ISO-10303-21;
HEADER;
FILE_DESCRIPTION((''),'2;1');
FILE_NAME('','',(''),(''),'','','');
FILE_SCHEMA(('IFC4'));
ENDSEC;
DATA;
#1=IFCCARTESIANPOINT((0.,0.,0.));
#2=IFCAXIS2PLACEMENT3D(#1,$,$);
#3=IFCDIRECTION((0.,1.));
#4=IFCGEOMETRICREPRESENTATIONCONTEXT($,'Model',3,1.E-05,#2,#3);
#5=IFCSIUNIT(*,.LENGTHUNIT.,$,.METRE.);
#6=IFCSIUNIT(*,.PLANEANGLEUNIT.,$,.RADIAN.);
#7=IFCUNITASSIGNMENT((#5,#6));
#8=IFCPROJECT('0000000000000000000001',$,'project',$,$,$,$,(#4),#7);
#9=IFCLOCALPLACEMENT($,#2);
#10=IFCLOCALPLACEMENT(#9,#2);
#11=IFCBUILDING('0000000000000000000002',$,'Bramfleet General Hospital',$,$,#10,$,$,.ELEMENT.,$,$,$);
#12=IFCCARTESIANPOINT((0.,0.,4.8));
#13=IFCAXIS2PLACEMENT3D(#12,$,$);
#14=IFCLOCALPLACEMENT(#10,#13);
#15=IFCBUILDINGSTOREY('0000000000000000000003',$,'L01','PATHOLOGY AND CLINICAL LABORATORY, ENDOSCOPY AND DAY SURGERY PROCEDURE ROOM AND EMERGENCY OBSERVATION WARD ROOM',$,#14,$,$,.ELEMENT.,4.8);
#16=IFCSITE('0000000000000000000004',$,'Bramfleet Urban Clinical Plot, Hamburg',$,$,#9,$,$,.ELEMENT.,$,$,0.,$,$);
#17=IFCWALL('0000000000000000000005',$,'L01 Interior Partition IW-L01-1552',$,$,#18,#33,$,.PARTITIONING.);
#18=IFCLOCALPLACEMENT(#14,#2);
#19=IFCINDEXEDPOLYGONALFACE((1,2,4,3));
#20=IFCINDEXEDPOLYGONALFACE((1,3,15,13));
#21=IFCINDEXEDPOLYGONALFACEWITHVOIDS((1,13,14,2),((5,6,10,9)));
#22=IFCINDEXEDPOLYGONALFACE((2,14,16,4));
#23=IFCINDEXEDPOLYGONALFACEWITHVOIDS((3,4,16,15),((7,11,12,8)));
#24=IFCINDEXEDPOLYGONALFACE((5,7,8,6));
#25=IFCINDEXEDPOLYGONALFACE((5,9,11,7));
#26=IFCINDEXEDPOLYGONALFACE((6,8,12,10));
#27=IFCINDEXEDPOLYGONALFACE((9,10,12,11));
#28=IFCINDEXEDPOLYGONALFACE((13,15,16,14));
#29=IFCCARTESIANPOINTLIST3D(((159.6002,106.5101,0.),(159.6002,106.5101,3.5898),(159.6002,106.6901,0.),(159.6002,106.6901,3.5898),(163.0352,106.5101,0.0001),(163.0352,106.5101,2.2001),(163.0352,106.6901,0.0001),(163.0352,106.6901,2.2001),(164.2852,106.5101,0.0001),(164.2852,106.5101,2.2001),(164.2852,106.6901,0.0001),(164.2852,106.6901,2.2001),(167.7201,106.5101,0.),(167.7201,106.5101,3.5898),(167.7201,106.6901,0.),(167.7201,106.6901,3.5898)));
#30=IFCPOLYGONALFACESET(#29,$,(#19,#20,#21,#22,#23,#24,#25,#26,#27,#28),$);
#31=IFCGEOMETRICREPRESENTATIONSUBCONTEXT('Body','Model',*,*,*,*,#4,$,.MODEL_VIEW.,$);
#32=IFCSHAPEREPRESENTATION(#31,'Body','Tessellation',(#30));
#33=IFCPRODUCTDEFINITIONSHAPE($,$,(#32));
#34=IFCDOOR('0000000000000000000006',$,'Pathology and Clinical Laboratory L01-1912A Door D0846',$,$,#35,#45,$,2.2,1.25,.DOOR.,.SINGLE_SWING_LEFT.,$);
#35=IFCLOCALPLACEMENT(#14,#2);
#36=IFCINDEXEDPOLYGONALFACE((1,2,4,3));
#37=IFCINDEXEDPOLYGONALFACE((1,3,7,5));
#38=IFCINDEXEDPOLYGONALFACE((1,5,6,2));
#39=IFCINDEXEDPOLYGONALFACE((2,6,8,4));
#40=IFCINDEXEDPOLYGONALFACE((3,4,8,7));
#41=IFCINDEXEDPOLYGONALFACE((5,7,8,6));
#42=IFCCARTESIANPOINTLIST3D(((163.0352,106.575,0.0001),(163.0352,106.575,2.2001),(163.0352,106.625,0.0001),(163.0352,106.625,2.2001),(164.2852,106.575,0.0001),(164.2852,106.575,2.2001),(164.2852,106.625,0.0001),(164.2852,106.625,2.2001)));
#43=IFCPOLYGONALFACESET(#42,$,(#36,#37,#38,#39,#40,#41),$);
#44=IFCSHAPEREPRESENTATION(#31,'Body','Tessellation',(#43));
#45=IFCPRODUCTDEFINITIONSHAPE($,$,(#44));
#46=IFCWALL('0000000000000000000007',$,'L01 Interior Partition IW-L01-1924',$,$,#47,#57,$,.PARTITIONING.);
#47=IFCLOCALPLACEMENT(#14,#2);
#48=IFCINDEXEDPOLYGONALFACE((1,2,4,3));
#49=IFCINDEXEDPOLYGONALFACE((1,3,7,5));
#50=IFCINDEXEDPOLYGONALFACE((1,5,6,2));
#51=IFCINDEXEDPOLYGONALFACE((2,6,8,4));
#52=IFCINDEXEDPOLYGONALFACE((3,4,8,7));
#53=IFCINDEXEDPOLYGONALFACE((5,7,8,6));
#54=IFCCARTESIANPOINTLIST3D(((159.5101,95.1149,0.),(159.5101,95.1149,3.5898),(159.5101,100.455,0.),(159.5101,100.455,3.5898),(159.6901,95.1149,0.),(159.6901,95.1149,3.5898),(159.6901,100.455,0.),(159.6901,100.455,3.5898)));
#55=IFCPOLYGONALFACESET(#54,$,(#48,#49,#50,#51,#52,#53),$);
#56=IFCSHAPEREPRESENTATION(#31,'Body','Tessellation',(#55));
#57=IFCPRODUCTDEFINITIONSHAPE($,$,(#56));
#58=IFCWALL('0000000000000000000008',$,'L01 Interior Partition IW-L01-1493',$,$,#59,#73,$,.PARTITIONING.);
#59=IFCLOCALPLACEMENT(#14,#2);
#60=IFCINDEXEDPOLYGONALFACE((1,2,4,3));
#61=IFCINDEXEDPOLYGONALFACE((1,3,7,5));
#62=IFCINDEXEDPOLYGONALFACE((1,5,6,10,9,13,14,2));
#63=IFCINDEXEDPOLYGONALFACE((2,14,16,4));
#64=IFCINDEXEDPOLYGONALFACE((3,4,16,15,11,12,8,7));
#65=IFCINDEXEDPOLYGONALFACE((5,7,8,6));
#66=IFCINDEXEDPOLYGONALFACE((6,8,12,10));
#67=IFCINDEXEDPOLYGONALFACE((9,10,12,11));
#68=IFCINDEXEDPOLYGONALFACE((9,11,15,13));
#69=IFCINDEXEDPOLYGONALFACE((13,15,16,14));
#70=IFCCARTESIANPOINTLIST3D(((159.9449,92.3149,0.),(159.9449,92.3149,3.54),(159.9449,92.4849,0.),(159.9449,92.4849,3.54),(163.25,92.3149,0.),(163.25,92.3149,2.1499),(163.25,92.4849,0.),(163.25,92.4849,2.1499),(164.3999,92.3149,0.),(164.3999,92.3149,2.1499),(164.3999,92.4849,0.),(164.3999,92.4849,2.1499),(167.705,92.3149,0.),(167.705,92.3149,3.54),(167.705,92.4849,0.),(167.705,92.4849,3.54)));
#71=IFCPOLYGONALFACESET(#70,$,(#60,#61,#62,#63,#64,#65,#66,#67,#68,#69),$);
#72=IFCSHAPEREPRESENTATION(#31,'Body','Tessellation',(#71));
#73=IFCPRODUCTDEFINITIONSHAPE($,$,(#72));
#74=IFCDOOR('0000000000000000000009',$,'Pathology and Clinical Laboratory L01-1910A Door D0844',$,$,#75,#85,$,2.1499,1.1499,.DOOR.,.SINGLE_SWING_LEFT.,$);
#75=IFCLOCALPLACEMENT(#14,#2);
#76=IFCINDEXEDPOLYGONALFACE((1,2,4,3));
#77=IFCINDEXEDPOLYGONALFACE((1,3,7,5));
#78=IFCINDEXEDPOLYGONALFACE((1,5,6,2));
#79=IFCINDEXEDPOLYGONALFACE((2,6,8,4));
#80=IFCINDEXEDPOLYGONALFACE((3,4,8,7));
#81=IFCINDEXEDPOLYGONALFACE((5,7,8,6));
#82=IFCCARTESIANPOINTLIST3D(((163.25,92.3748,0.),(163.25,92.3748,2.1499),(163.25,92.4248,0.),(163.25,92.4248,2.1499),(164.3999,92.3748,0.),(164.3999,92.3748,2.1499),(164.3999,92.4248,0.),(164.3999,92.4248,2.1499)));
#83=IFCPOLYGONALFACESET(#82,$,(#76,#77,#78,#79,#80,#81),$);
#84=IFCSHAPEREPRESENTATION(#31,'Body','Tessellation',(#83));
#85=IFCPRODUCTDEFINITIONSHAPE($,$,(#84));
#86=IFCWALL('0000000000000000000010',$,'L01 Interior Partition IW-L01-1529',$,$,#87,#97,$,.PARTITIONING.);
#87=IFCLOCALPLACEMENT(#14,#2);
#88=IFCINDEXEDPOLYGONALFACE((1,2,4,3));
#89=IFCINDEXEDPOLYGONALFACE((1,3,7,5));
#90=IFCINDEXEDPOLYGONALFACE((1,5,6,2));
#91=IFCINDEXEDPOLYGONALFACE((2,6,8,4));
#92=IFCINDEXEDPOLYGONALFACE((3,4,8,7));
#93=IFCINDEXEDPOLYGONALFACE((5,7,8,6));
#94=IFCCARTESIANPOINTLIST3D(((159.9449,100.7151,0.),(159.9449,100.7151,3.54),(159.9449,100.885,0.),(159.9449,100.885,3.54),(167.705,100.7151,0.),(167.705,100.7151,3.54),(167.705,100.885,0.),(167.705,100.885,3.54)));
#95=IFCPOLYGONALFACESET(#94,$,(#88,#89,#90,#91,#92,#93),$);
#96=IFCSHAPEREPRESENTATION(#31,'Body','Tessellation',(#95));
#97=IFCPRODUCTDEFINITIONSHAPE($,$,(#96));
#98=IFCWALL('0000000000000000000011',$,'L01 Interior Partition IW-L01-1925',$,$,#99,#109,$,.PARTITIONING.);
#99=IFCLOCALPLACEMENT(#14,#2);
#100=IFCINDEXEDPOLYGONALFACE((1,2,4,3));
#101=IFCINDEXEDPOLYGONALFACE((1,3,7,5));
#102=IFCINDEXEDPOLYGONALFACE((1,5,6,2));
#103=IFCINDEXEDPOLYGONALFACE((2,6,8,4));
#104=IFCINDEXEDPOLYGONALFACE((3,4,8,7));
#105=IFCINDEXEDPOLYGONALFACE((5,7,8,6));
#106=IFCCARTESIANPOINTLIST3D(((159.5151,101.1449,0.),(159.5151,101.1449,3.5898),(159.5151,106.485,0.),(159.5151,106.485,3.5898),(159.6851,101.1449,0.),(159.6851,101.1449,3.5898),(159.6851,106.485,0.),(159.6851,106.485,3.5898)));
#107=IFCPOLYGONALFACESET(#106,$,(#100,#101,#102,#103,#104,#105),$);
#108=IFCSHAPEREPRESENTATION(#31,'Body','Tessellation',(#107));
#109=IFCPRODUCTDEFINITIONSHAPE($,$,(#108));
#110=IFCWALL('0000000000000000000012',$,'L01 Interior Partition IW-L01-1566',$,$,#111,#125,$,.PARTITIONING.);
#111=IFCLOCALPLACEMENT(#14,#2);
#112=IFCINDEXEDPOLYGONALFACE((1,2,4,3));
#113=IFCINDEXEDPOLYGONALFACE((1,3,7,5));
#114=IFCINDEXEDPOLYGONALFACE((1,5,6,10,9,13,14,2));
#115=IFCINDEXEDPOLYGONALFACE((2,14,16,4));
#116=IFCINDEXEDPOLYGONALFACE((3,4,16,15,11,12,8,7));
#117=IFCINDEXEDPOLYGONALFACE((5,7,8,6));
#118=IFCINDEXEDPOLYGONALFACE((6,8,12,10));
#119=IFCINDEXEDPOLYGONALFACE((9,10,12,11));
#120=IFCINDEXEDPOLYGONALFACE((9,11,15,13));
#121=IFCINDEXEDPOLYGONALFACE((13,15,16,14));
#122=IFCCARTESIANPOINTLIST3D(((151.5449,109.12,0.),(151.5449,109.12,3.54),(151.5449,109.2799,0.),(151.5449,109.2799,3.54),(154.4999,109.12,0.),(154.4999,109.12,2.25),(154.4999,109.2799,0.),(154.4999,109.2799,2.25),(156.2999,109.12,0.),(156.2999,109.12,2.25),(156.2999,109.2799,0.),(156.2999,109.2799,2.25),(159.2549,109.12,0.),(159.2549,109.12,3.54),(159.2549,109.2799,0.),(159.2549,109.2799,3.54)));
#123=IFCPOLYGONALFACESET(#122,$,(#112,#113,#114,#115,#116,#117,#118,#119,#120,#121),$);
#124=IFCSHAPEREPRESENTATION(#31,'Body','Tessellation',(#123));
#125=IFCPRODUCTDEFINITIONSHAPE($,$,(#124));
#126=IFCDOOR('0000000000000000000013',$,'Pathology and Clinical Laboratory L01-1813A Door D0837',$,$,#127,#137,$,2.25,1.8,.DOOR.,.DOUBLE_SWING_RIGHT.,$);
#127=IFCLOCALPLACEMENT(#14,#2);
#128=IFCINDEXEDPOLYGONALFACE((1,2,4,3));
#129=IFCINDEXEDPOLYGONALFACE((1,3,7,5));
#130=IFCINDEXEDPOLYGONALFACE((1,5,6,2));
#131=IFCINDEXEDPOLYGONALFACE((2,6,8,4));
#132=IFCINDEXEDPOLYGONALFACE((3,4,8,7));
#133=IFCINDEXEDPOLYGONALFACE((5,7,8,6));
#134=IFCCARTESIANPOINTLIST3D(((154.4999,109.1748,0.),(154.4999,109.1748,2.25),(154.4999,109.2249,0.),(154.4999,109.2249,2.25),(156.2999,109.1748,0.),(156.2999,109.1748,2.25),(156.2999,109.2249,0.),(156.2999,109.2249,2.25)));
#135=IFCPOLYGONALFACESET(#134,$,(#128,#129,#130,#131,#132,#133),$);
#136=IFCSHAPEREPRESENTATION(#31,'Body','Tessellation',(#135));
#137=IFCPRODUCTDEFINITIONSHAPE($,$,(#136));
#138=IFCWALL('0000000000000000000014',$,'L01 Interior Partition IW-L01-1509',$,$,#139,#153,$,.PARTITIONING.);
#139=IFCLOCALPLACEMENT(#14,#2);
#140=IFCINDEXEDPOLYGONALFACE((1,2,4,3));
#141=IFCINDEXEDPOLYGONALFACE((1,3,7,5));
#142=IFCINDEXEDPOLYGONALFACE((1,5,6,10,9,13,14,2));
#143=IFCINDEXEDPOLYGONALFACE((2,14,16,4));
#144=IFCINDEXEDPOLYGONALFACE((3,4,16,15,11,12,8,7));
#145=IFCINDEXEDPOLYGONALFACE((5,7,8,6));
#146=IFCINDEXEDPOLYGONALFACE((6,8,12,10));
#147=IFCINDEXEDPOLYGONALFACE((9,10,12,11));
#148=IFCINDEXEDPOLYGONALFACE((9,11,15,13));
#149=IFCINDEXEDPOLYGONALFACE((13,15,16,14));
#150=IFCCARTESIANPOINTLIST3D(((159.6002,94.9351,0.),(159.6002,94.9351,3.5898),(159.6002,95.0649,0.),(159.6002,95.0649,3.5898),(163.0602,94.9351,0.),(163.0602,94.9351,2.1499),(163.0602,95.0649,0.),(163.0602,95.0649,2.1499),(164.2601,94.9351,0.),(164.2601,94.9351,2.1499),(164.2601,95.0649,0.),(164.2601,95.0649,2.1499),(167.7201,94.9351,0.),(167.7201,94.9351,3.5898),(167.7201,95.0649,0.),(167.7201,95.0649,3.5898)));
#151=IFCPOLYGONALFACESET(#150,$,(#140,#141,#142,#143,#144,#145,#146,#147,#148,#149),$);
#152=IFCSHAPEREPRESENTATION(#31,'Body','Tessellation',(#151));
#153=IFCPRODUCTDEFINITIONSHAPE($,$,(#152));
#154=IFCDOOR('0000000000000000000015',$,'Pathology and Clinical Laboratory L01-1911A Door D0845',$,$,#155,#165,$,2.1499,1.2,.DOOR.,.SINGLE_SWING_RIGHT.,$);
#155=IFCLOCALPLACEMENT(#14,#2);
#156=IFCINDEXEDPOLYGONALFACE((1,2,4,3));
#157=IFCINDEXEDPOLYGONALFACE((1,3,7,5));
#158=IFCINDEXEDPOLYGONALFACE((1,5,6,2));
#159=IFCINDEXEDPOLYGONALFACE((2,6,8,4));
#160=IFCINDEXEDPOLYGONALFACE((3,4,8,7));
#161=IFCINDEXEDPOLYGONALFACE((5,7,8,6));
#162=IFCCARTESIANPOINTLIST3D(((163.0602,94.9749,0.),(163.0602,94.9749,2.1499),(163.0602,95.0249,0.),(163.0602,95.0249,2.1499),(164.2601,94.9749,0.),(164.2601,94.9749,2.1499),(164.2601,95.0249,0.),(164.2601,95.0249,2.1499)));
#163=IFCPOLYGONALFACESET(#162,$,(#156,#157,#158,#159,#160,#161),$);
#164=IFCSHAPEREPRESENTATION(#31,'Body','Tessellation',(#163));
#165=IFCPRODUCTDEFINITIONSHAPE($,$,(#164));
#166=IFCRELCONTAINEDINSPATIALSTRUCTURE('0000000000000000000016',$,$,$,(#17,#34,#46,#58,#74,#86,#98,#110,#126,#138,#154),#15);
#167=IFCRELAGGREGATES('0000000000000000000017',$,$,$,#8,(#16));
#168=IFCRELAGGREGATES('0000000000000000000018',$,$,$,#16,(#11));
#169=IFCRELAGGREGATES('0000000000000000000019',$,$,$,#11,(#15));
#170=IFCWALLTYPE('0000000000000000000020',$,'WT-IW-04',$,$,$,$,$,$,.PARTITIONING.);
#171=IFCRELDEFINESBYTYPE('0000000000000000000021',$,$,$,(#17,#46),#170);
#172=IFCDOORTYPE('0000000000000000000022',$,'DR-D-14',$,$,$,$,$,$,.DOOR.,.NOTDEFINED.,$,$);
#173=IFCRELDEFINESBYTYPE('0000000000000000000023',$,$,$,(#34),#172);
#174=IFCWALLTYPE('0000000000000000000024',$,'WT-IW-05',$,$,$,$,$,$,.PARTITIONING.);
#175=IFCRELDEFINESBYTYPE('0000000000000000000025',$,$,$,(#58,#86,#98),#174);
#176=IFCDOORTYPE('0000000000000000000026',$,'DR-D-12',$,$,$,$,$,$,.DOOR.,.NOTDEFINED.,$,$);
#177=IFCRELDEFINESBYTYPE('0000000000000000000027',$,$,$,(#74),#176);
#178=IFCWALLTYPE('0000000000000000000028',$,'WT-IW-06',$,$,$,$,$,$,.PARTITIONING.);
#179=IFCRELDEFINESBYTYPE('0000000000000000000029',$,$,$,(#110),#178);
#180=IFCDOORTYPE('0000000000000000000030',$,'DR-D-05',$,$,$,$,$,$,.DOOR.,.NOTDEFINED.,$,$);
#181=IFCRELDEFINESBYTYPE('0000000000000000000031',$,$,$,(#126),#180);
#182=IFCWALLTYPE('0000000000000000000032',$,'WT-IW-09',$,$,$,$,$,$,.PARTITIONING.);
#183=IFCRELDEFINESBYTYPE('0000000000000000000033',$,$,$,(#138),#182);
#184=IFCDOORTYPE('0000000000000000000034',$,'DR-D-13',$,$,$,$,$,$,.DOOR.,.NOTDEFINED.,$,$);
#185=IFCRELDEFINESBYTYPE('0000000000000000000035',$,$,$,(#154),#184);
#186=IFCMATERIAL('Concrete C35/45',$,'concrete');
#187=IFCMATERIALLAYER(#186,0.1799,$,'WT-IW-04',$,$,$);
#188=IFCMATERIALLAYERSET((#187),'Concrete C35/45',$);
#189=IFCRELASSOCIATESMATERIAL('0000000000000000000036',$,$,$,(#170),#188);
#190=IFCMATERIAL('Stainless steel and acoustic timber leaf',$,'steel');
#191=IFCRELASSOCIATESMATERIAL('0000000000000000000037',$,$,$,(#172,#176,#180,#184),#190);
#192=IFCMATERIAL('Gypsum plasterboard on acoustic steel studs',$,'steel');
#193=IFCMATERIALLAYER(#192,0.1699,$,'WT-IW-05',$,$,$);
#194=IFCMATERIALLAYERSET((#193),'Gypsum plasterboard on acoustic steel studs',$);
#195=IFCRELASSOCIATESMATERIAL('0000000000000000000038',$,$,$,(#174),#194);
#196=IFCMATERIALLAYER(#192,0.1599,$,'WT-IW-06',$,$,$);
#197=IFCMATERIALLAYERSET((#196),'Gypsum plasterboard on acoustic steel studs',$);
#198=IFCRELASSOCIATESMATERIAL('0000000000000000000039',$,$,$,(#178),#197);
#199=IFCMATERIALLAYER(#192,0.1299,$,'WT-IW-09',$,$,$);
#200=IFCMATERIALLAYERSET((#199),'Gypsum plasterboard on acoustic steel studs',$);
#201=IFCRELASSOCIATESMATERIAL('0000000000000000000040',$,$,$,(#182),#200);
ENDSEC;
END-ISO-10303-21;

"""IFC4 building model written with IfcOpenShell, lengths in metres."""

from ifc_helpers import new_model, si_unit, direction, frame, frame_2d, origin, place, context, subcontext, project, spatial, rectangle, extrude, material, layer, layer_set, type_object, element, fill, save


model = new_model("IFC4")

# Units and contexts
model_context = context("Model", 3, precision=1e-05, world=origin(), true_north=direction((0.0, 1.0)))
body_context = subcontext(model_context, "Body", "Model", "MODEL_VIEW")
ifc_project = project(units=[si_unit("LENGTHUNIT", "METRE"), si_unit("PLANEANGLEUNIT", "RADIAN")], contexts=[model_context])

# Site, building, storey
site_placement = place(None, origin())
site = spatial("IfcSite", under=ifc_project, at=site_placement, Name="Bramfleet Urban Clinical Plot, Hamburg", CompositionType="ELEMENT", RefElevation=0.0)
building_placement = place(site_placement, origin())
building = spatial("IfcBuilding", under=site, at=building_placement, Name="Bramfleet General Hospital", CompositionType="ELEMENT")
storey_placement = place(building_placement, frame((0.0, 0.0, 4.8)))
storey = spatial("IfcBuildingStorey", under=building, at=storey_placement, Name="L01", Description="PATHOLOGY AND CLINICAL LABORATORY, ENDOSCOPY AND DAY SURGERY PROCEDURE ROOM AND EMERGENCY OBSERVATION WARD ROOM", CompositionType="ELEMENT", Elevation=4.8)

# Shared definitions
ifc_material_1 = material(Name="Concrete C35/45", Category="concrete")

# Shared definitions
ifc_layer_1 = layer(ifc_material_1, 0.1799, Name="WT-IW-04")
ifc_layer_set_1 = layer_set([ifc_layer_1], Name="Concrete C35/45")
wall_type_1 = type_object("IfcWallType", Name="WT-IW-04", PredefinedType="PARTITIONING", material=ifc_layer_set_1)
ifc_material_2 = material(Name="Stainless steel and acoustic timber leaf", Category="steel")

# Wall, opening, door
wall_1_placement = place(storey_placement, frame((159.6001, 106.6001, 0.0), z_axis=(0.0, 0.0, 1.0), x_axis=(1.0, 0.0, 0.0)))
wall_1 = element("IfcWall", 1, at=wall_1_placement, inside=storey, type_object=wall_type_1, Name="L01 Interior Partition IW-L01-1552", PredefinedType="PARTITIONING", context=body_context, shape_type="SweptSolid", body=[
    extrude(rectangle(XDim=8.1199, YDim=0.1799, at=frame_2d((4.0601, 0.0))), origin(), (0.0, 0.0, 1.0), 3.5898),
])
opening_1_placement = place(wall_1_placement, frame((3.4351, 0.0, 0.0)))
opening_1 = element("IfcOpeningElement", 2, at=opening_1_placement, cuts=wall_1, PredefinedType="OPENING", context=body_context, shape_type="SweptSolid", body=[
    extrude(rectangle(XDim=1.25, YDim=2.2, at=frame_2d((0.625, 1.1001))), frame((0.0, 0.0999, 0.0), z_axis=(0.0, -1.0, 0.0), x_axis=(1.0, 0.0, 0.0)), (0.0, 0.0, 1.0), 0.2),
])
door_type_1 = type_object("IfcDoorType", Name="DR-D-14", OperationType="NOTDEFINED", PredefinedType="DOOR", material=ifc_material_2)
door_1_placement = place(opening_1_placement, origin())
door_1 = element("IfcDoor", 3, at=door_1_placement, inside=storey, type_object=door_type_1, Name="Pathology and Clinical Laboratory L01-1912A Door D0846", OperationType="SINGLE_SWING_LEFT", OverallHeight=2.2, OverallWidth=1.25, PredefinedType="DOOR", context=body_context, shape_type="SweptSolid", body=[
    extrude(rectangle(XDim=1.25, YDim=2.2, at=frame_2d((0.625, 1.1001))), frame((0.0, 0.0249, 0.0), z_axis=(0.0, -1.0, 0.0), x_axis=(1.0, 0.0, 0.0)), (0.0, 0.0, 1.0), 0.05),
])
fill(opening_1, door_1)

# Wall
wall_2_placement = place(storey_placement, frame((159.6001, 95.115, 0.0), z_axis=(0.0, 0.0, 1.0), x_axis=(0.0, 1.0, 0.0)))
element("IfcWall", 4, at=wall_2_placement, inside=storey, type_object=wall_type_1, Name="L01 Interior Partition IW-L01-1924", PredefinedType="PARTITIONING", context=body_context, shape_type="SweptSolid", body=[
    extrude(rectangle(XDim=5.3401, YDim=0.1799, at=frame_2d((2.6699, 0.0))), origin(), (0.0, 0.0, 1.0), 3.5898),
])

# Wall, opening, door
ifc_material_3 = material(Name="Gypsum plasterboard on acoustic steel studs", Category="steel")
ifc_layer_2 = layer(ifc_material_3, 0.1699, Name="WT-IW-05")
ifc_layer_set_2 = layer_set([ifc_layer_2], Name="Gypsum plasterboard on acoustic steel studs")
wall_type_2 = type_object("IfcWallType", Name="WT-IW-05", PredefinedType="PARTITIONING", material=ifc_layer_set_2)
wall_3_placement = place(storey_placement, frame((159.9451, 92.3999, 0.0), z_axis=(0.0, 0.0, 1.0), x_axis=(1.0, 0.0, 0.0)))
wall_3 = element("IfcWall", 5, at=wall_3_placement, inside=storey, type_object=wall_type_2, Name="L01 Interior Partition IW-L01-1493", PredefinedType="PARTITIONING", context=body_context, shape_type="SweptSolid", body=[
    extrude(rectangle(XDim=7.76, YDim=0.1699, at=frame_2d((3.8799, 0.0))), origin(), (0.0, 0.0, 1.0), 3.54),
])
opening_2_placement = place(wall_3_placement, frame((3.3049, 0.0, 0.0)))
opening_2 = element("IfcOpeningElement", 6, at=opening_2_placement, cuts=wall_3, PredefinedType="OPENING", context=body_context, shape_type="SweptSolid", body=[
    extrude(rectangle(XDim=1.1499, YDim=2.1499, at=frame_2d((0.575, 1.075))), frame((0.0, 0.095, 0.0), z_axis=(0.0, -1.0, 0.0), x_axis=(1.0, 0.0, 0.0)), (0.0, 0.0, 1.0), 0.1899),
])
door_type_2 = type_object("IfcDoorType", Name="DR-D-12", OperationType="NOTDEFINED", PredefinedType="DOOR", material=ifc_material_2)
door_2_placement = place(opening_2_placement, origin())
door_2 = element("IfcDoor", 7, at=door_2_placement, inside=storey, type_object=door_type_2, Name="Pathology and Clinical Laboratory L01-1910A Door D0844", OperationType="SINGLE_SWING_LEFT", OverallHeight=2.1499, OverallWidth=1.1499, PredefinedType="DOOR", context=body_context, shape_type="SweptSolid", body=[
    extrude(rectangle(XDim=1.1499, YDim=2.1499, at=frame_2d((0.575, 1.075))), frame((0.0, 0.0249, 0.0), z_axis=(0.0, -1.0, 0.0), x_axis=(1.0, 0.0, 0.0)), (0.0, 0.0, 1.0), 0.05),
])
fill(opening_2, door_2)

# Walls
wall_4_placement = place(storey_placement, frame((159.9451, 100.8, 0.0), z_axis=(0.0, 0.0, 1.0), x_axis=(1.0, 0.0, 0.0)))
element("IfcWall", 8, at=wall_4_placement, inside=storey, type_object=wall_type_2, Name="L01 Interior Partition IW-L01-1529", PredefinedType="PARTITIONING", context=body_context, shape_type="SweptSolid", body=[
    extrude(rectangle(XDim=7.76, YDim=0.1699, at=frame_2d((3.8799, 0.0))), origin(), (0.0, 0.0, 1.0), 3.54),
])
wall_5_placement = place(storey_placement, frame((159.6001, 101.145, 0.0), z_axis=(0.0, 0.0, 1.0), x_axis=(0.0, 1.0, 0.0)))
element("IfcWall", 9, at=wall_5_placement, inside=storey, type_object=wall_type_2, Name="L01 Interior Partition IW-L01-1925", PredefinedType="PARTITIONING", context=body_context, shape_type="SweptSolid", body=[
    extrude(rectangle(XDim=5.3401, YDim=0.1699, at=frame_2d((2.6699, 0.0))), origin(), (0.0, 0.0, 1.0), 3.5898),
])

# Walls, openings, doors
ifc_layer_3 = layer(ifc_material_3, 0.1599, Name="WT-IW-06")
ifc_layer_set_3 = layer_set([ifc_layer_3], Name="Gypsum plasterboard on acoustic steel studs")
wall_type_3 = type_object("IfcWallType", Name="WT-IW-06", PredefinedType="PARTITIONING", material=ifc_layer_set_3)
wall_6_placement = place(storey_placement, frame((151.5449, 109.2, 0.0), z_axis=(0.0, 0.0, 1.0), x_axis=(1.0, 0.0, 0.0)))
wall_6 = element("IfcWall", 10, at=wall_6_placement, inside=storey, type_object=wall_type_3, Name="L01 Interior Partition IW-L01-1566", PredefinedType="PARTITIONING", context=body_context, shape_type="SweptSolid", body=[
    extrude(rectangle(XDim=7.71, YDim=0.1599, at=frame_2d((3.855, 0.0))), origin(), (0.0, 0.0, 1.0), 3.54),
])
opening_3_placement = place(wall_6_placement, frame((2.9551, 0.0, 0.0)))
opening_3 = element("IfcOpeningElement", 11, at=opening_3_placement, cuts=wall_6, PredefinedType="OPENING", context=body_context, shape_type="SweptSolid", body=[
    extrude(rectangle(XDim=1.8, YDim=2.25, at=frame_2d((0.8999, 1.125))), frame((0.0, 0.0898, 0.0), z_axis=(0.0, -1.0, 0.0), x_axis=(1.0, 0.0, 0.0)), (0.0, 0.0, 1.0), 0.1799),
])
door_type_3 = type_object("IfcDoorType", Name="DR-D-05", OperationType="NOTDEFINED", PredefinedType="DOOR", material=ifc_material_2)
door_3_placement = place(opening_3_placement, origin())
door_3 = element("IfcDoor", 12, at=door_3_placement, inside=storey, type_object=door_type_3, Name="Pathology and Clinical Laboratory L01-1813A Door D0837", OperationType="DOUBLE_SWING_RIGHT", OverallHeight=2.25, OverallWidth=1.8, PredefinedType="DOOR", context=body_context, shape_type="SweptSolid", body=[
    extrude(rectangle(XDim=1.8, YDim=2.25, at=frame_2d((0.8999, 1.125))), frame((0.0, 0.0249, 0.0), z_axis=(0.0, -1.0, 0.0), x_axis=(1.0, 0.0, 0.0)), (0.0, 0.0, 1.0), 0.05),
])
fill(opening_3, door_3)
ifc_layer_4 = layer(ifc_material_3, 0.1299, Name="WT-IW-09")
ifc_layer_set_4 = layer_set([ifc_layer_4], Name="Gypsum plasterboard on acoustic steel studs")
wall_type_4 = type_object("IfcWallType", Name="WT-IW-09", PredefinedType="PARTITIONING", material=ifc_layer_set_4)
wall_7_placement = place(storey_placement, frame((159.6001, 95.0, 0.0), z_axis=(0.0, 0.0, 1.0), x_axis=(1.0, 0.0, 0.0)))
wall_7 = element("IfcWall", 13, at=wall_7_placement, inside=storey, type_object=wall_type_4, Name="L01 Interior Partition IW-L01-1509", PredefinedType="PARTITIONING", context=body_context, shape_type="SweptSolid", body=[
    extrude(rectangle(XDim=8.1199, YDim=0.1299, at=frame_2d((4.0601, 0.0))), origin(), (0.0, 0.0, 1.0), 3.5898),
])
opening_4_placement = place(wall_7_placement, frame((3.46, 0.0, 0.0)))
opening_4 = element("IfcOpeningElement", 14, at=opening_4_placement, cuts=wall_7, PredefinedType="OPENING", context=body_context, shape_type="SweptSolid", body=[
    extrude(rectangle(XDim=1.2, YDim=2.1499, at=frame_2d((0.6001, 1.075))), frame((0.0, 0.075, 0.0), z_axis=(0.0, -1.0, 0.0), x_axis=(1.0, 0.0, 0.0)), (0.0, 0.0, 1.0), 0.1499),
])
door_type_4 = type_object("IfcDoorType", Name="DR-D-13", OperationType="NOTDEFINED", PredefinedType="DOOR", material=ifc_material_2)
door_4_placement = place(opening_4_placement, origin())
door_4 = element("IfcDoor", 15, at=door_4_placement, inside=storey, type_object=door_type_4, Name="Pathology and Clinical Laboratory L01-1911A Door D0845", OperationType="SINGLE_SWING_RIGHT", OverallHeight=2.1499, OverallWidth=1.2, PredefinedType="DOOR", context=body_context, shape_type="SweptSolid", body=[
    extrude(rectangle(XDim=1.2, YDim=2.1499, at=frame_2d((0.6001, 1.075))), frame((0.0, 0.0249, 0.0), z_axis=(0.0, -1.0, 0.0), x_axis=(1.0, 0.0, 0.0)), (0.0, 0.0, 1.0), 0.05),
])
fill(opening_4, door_4)

save(model, "model.ifc")
